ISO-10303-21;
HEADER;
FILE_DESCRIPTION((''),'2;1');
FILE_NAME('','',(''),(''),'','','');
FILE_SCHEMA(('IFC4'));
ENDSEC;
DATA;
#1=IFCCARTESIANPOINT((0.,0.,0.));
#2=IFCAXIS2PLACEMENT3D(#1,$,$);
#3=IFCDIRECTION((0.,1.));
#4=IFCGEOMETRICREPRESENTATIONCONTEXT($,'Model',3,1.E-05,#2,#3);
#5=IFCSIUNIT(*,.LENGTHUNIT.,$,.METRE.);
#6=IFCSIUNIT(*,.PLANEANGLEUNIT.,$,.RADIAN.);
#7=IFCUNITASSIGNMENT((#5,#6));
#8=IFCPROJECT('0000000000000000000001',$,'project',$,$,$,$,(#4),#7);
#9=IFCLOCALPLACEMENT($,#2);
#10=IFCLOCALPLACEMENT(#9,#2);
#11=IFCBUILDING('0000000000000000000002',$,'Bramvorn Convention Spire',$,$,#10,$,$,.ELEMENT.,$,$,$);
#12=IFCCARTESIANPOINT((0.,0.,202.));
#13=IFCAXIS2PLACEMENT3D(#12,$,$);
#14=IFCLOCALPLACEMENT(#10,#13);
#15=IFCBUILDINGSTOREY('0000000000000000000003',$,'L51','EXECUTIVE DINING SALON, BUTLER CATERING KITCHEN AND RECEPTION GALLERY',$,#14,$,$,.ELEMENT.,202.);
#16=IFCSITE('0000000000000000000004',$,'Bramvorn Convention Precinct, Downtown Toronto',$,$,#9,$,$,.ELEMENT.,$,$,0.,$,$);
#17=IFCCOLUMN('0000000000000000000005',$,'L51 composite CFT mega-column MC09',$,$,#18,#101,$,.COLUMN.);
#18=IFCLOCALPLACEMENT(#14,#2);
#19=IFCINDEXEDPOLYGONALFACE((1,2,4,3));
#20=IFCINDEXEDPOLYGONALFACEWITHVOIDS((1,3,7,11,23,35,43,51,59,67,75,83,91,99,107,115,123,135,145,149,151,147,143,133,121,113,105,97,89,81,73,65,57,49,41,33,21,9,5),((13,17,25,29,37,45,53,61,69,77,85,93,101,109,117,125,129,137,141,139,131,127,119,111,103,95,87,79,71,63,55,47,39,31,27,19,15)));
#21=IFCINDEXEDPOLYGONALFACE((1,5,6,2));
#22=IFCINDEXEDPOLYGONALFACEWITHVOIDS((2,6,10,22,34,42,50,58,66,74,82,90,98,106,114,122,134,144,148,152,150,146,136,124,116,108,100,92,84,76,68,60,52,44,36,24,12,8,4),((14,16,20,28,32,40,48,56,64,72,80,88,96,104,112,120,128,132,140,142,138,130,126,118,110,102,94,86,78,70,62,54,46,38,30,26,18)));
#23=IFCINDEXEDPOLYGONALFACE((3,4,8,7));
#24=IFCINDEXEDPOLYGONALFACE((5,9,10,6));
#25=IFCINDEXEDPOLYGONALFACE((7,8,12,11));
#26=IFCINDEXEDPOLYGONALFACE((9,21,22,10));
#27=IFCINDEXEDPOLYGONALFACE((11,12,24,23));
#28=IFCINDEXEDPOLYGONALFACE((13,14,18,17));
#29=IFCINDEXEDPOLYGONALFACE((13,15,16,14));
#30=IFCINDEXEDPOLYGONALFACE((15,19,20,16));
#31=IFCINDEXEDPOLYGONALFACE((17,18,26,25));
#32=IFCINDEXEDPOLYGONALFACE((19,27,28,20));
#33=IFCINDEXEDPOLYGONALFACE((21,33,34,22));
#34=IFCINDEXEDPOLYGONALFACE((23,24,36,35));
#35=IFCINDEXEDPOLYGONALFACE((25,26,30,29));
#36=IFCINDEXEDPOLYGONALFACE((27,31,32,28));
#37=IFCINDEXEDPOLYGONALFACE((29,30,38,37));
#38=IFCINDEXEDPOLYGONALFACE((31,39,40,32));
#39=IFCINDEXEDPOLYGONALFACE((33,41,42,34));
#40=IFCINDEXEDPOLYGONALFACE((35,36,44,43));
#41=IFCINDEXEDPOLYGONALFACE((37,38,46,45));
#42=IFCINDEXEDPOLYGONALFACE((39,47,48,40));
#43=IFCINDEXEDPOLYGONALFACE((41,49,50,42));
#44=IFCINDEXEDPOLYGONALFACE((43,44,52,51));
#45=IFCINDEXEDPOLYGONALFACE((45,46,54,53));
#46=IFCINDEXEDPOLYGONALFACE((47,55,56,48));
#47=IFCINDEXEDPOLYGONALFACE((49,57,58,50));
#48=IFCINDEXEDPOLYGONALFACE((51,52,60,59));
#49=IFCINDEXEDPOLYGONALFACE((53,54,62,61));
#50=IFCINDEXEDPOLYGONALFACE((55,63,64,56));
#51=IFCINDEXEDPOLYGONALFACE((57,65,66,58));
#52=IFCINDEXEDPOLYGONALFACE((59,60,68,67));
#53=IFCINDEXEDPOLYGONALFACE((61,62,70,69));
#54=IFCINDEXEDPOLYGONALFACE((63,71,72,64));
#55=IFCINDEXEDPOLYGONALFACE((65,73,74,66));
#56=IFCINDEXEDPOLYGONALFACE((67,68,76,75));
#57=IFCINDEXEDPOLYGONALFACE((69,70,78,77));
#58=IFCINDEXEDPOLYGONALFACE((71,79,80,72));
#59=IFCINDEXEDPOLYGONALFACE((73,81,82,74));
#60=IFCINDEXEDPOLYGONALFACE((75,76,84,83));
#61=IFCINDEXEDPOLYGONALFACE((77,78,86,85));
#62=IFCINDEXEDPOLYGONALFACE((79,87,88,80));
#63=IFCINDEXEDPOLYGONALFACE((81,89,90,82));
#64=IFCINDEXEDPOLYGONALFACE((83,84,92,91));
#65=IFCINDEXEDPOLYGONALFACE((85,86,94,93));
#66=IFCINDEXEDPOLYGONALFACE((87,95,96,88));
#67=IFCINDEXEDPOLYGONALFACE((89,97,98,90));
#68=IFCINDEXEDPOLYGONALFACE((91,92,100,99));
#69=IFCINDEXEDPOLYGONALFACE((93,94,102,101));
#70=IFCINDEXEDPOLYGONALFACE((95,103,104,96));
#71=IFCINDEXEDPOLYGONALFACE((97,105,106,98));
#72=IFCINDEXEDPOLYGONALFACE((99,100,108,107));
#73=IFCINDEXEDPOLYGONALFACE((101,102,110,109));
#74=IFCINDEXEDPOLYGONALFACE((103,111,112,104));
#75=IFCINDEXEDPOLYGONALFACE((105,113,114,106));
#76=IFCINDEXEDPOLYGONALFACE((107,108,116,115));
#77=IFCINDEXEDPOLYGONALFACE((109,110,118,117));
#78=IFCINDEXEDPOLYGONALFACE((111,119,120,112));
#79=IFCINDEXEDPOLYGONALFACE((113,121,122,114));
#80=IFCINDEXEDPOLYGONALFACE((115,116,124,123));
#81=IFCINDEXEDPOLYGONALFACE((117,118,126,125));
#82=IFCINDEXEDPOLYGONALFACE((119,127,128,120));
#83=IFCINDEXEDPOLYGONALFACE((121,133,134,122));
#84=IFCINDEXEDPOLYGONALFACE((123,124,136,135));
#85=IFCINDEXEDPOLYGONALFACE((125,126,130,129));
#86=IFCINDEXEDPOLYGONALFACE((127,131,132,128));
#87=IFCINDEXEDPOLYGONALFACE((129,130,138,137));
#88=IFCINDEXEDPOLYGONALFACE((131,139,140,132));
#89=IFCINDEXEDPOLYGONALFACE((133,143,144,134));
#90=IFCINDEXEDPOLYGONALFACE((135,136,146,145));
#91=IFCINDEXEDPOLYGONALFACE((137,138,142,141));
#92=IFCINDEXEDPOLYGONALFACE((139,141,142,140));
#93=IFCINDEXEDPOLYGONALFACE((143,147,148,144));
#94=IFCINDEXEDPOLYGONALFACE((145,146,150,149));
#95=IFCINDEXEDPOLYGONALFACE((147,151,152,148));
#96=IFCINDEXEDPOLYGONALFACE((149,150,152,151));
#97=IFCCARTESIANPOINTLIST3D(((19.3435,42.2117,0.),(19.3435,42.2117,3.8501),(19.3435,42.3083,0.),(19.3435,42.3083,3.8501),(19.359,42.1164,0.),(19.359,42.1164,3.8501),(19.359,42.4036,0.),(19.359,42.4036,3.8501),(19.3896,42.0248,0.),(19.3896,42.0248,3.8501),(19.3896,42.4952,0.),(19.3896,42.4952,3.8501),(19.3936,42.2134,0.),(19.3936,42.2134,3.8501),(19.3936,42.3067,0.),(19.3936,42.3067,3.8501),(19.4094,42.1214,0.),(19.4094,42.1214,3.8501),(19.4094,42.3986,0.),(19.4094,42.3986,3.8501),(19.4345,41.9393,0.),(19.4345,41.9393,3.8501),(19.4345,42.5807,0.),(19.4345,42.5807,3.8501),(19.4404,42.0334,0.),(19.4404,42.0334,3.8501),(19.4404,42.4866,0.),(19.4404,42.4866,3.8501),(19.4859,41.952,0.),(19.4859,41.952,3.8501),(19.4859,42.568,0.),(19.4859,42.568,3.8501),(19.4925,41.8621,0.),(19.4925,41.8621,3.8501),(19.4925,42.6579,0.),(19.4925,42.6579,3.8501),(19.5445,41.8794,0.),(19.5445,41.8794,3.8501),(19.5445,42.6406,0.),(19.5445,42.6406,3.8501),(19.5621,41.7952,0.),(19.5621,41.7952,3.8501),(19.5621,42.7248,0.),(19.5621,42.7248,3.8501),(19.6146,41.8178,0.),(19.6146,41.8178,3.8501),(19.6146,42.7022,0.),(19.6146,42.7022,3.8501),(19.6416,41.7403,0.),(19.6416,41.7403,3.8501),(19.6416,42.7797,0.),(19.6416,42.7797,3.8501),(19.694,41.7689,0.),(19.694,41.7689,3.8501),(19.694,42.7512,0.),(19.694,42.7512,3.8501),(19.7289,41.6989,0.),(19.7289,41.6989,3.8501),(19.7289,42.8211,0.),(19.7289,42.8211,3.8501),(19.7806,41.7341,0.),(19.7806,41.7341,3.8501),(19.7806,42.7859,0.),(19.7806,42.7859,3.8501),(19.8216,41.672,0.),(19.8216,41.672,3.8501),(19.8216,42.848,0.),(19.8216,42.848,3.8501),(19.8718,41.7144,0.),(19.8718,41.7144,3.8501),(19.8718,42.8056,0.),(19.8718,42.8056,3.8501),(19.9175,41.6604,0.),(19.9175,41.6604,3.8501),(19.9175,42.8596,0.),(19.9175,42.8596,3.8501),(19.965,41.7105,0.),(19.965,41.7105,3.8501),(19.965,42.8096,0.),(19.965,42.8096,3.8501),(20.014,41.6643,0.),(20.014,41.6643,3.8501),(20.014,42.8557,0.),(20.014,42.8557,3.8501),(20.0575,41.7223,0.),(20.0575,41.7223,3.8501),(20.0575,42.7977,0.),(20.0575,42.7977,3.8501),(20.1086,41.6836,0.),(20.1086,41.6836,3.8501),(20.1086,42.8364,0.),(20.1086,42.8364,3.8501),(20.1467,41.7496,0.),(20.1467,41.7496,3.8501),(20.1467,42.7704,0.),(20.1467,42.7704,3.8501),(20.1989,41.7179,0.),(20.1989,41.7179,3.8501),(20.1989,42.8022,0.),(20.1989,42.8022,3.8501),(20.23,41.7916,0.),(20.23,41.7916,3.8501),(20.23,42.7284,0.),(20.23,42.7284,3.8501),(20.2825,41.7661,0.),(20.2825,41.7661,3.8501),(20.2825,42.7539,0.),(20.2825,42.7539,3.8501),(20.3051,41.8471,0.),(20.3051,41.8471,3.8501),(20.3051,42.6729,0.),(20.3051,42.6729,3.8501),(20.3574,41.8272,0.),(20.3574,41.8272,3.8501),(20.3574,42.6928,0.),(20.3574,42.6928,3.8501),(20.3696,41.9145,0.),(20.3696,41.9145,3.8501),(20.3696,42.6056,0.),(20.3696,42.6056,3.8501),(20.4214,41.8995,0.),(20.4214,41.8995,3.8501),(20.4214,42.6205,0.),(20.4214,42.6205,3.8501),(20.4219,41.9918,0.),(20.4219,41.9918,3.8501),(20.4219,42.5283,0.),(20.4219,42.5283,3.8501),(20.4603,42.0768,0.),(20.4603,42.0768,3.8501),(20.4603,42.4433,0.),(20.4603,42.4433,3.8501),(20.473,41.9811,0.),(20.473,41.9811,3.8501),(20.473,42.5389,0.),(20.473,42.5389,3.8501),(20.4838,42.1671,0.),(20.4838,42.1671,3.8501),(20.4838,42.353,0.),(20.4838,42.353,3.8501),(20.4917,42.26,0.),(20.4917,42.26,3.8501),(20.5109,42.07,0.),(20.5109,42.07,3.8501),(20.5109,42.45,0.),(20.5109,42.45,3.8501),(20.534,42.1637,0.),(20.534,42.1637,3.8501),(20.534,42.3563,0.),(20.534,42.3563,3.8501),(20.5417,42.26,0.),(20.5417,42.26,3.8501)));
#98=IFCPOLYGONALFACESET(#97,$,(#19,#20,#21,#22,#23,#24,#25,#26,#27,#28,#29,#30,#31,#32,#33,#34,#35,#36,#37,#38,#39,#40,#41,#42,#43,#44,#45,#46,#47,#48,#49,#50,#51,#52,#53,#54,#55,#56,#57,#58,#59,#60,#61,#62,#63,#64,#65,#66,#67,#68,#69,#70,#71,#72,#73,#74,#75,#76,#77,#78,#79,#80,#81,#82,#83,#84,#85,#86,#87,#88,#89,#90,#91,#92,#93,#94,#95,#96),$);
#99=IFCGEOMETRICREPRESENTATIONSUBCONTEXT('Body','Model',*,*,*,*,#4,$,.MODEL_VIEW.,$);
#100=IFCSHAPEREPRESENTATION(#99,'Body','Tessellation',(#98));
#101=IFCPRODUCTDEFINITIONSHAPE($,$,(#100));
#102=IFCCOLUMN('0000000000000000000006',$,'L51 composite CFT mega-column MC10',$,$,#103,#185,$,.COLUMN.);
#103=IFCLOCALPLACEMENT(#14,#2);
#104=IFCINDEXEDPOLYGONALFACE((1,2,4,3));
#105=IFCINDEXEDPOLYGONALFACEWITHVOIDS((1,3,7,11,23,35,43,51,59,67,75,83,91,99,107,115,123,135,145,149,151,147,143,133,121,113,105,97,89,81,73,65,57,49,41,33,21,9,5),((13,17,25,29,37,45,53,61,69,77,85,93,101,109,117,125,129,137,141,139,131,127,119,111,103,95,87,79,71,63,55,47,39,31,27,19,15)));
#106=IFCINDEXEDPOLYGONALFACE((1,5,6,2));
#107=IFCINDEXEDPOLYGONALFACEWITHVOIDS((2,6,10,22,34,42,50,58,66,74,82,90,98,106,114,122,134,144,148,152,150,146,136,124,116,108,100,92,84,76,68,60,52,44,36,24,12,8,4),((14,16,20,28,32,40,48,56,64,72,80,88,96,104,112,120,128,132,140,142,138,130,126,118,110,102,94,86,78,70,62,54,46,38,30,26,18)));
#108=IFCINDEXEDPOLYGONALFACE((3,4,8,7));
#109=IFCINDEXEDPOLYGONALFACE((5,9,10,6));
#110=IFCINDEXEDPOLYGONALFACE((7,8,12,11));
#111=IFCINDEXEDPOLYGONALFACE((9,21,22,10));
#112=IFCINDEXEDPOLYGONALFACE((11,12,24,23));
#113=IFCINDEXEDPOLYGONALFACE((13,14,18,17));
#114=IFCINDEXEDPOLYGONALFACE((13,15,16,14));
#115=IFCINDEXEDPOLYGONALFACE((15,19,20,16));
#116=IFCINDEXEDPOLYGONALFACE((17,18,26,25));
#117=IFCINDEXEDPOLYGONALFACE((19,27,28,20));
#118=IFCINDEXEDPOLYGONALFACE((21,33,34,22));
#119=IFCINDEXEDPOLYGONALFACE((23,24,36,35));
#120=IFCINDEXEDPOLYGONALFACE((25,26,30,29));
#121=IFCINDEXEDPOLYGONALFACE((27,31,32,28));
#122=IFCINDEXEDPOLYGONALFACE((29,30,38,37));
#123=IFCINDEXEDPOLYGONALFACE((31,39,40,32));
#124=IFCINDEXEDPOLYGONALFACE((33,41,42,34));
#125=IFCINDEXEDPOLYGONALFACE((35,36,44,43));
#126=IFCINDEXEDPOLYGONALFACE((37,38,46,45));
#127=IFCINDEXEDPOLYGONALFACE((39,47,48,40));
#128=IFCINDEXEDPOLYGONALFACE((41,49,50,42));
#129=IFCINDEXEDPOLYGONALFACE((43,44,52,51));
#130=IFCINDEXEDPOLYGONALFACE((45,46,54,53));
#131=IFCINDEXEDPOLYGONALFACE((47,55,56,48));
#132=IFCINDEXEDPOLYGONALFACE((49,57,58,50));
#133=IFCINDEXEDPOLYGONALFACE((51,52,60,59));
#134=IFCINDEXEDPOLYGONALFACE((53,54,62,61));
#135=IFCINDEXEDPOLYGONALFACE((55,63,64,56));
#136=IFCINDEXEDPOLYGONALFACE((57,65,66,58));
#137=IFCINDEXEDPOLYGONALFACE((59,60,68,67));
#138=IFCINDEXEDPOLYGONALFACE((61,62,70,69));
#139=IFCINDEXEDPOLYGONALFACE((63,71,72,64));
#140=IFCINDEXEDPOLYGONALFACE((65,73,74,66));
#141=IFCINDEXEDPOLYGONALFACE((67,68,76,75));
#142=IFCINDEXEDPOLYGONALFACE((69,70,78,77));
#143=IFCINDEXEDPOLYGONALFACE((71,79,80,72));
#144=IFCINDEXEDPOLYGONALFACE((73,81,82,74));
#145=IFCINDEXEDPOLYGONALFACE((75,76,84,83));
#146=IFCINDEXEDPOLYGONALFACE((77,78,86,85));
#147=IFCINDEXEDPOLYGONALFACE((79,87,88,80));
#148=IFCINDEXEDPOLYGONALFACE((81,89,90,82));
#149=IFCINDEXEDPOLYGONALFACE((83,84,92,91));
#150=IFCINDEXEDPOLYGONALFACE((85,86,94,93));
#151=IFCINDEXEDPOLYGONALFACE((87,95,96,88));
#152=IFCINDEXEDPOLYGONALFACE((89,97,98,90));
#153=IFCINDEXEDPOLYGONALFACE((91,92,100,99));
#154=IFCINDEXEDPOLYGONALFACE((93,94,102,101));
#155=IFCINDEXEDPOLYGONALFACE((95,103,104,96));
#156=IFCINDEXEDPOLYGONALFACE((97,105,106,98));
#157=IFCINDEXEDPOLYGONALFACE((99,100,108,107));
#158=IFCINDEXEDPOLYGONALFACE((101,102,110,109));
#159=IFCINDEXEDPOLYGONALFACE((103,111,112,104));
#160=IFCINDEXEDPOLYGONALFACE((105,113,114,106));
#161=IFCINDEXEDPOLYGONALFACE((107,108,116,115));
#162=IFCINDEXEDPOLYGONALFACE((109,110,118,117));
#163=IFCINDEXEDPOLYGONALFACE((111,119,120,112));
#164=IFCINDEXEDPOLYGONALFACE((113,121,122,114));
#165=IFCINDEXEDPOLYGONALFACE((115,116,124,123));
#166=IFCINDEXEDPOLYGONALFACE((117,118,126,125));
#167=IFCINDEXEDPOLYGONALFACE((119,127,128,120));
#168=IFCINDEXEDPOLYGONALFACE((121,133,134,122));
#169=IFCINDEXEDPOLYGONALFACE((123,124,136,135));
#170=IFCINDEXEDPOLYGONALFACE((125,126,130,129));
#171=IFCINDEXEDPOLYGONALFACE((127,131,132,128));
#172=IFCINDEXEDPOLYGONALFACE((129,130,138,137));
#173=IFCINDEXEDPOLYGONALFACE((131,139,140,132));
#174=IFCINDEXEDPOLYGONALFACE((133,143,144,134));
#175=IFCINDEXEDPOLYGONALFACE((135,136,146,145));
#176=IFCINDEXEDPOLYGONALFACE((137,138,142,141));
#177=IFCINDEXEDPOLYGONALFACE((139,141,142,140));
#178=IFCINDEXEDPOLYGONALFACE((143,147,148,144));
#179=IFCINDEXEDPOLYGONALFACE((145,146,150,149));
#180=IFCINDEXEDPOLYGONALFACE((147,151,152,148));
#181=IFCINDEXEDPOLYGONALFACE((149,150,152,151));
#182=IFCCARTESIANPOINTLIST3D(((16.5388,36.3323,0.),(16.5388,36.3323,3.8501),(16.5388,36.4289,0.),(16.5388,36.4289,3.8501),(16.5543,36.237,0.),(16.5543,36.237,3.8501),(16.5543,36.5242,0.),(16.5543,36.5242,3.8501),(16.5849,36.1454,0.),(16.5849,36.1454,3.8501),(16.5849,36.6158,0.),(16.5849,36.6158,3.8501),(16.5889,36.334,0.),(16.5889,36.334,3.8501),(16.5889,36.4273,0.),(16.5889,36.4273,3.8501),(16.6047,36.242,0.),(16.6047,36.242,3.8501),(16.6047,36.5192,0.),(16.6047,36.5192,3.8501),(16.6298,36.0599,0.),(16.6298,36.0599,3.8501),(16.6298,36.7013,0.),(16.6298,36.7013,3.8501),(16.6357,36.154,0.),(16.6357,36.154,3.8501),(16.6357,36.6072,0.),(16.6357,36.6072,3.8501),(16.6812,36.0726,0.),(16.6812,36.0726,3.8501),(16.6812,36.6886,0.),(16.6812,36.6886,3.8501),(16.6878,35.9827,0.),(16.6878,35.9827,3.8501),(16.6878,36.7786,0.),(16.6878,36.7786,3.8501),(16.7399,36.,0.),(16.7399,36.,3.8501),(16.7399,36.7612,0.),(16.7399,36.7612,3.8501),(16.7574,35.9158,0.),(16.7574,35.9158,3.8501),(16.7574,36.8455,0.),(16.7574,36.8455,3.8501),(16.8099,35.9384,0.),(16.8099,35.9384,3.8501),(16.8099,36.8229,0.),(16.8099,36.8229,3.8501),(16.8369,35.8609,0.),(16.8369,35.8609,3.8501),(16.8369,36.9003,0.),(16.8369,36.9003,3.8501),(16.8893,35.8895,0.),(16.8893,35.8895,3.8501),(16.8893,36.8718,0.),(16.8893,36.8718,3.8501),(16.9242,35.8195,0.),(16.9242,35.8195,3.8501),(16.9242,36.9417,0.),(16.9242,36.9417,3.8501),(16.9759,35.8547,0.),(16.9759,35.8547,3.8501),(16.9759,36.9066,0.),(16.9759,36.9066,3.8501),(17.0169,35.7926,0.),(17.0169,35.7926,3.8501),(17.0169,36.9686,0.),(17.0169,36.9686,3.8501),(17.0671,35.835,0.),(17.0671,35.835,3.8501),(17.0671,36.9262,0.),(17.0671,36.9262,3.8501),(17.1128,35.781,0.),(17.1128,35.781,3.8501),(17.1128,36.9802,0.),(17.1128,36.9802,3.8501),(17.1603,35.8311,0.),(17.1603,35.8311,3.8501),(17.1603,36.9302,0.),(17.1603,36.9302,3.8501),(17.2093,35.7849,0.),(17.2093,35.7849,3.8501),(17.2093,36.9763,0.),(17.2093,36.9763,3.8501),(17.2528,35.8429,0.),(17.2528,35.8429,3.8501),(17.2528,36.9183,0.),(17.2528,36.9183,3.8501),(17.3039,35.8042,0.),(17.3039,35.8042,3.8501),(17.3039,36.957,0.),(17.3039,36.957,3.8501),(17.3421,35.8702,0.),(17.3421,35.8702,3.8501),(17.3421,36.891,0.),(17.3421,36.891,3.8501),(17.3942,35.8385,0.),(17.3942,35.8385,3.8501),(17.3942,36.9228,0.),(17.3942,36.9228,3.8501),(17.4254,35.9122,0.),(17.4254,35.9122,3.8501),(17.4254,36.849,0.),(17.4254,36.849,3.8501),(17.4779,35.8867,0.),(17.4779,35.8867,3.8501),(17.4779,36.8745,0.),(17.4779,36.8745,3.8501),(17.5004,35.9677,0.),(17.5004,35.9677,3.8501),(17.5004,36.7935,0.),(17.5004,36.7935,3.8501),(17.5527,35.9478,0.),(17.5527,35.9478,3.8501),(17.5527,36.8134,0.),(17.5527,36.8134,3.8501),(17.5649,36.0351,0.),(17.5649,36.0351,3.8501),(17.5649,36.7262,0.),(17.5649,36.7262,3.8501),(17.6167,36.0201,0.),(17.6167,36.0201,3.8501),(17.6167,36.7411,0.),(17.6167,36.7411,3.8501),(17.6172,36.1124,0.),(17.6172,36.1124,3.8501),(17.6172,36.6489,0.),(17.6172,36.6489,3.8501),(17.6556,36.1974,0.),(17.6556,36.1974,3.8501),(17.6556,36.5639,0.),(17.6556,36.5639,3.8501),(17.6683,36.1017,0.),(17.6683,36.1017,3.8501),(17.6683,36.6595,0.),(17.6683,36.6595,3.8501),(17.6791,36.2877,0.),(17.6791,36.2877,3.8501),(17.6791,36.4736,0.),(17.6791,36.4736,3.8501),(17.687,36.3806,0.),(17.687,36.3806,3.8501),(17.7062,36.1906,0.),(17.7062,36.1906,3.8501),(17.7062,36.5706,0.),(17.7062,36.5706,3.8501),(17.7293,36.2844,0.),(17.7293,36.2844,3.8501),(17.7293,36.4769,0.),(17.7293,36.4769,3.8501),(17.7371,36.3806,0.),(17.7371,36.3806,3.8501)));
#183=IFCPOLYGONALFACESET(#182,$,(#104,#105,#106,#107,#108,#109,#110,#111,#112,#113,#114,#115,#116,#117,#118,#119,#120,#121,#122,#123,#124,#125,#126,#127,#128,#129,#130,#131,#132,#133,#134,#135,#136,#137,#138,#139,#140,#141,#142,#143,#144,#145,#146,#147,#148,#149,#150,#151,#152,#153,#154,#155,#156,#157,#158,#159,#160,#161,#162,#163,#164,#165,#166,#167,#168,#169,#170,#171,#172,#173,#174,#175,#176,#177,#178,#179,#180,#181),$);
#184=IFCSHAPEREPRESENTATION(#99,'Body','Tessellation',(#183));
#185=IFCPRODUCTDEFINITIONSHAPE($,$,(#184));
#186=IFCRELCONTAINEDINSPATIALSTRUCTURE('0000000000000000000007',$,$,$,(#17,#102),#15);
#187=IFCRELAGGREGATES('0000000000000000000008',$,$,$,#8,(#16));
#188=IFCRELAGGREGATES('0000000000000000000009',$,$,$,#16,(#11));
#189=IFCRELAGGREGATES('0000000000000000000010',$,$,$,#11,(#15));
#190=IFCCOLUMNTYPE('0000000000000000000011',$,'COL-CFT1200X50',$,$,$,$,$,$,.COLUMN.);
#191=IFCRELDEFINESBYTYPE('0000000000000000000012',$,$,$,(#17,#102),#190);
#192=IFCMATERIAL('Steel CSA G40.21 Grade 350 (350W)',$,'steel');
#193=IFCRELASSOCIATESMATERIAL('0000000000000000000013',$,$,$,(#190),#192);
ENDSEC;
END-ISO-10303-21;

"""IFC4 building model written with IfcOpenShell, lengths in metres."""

from ifc_helpers import new_model, si_unit, direction, frame, origin, origin_2d, place, context, subcontext, project, spatial, hollow_circle, extrude, material, material_profile, profile_set, type_object, element, save


model = new_model("IFC4")

# Units and contexts
model_context = context("Model", 3, precision=1e-05, world=origin(), true_north=direction((0.0, 1.0)))
body_context = subcontext(model_context, "Body", "Model", "MODEL_VIEW")
ifc_project = project(units=[si_unit("LENGTHUNIT", "METRE"), si_unit("PLANEANGLEUNIT", "RADIAN")], contexts=[model_context])

# Site, building, storey
site_placement = place(None, origin())
site = spatial("IfcSite", under=ifc_project, at=site_placement, Name="Bramvorn Convention Precinct, Downtown Toronto", CompositionType="ELEMENT", RefElevation=0.0)
building_placement = place(site_placement, origin())
building = spatial("IfcBuilding", under=site, at=building_placement, Name="Bramvorn Convention Spire", CompositionType="ELEMENT")
storey_placement = place(building_placement, frame((0.0, 0.0, 202.0)))
storey = spatial("IfcBuildingStorey", under=building, at=storey_placement, Name="L51", Description="EXECUTIVE DINING SALON, BUTLER CATERING KITCHEN AND RECEPTION GALLERY", CompositionType="ELEMENT", Elevation=202.0)

# Columns
ifc_material_1 = material(Name="Steel CSA G40.21 Grade 350 (350W)", Category="steel")
ifc_material_profile_1 = material_profile(ifc_material_1, hollow_circle(Radius=0.6001, WallThickness=0.05, at=origin_2d()))
ifc_profile_set_1 = profile_set([ifc_material_profile_1], Name="Steel CSA G40.21 Grade 350 (350W) - CFT1200X50")
column_type = type_object("IfcColumnType", Name="COL-CFT1200X50", PredefinedType="COLUMN", material=ifc_profile_set_1)
for number, where, z_axis, x_axis, name in (
    (1, (19.9417, 42.26, 0.0), (0.0, 0.0, 1.0), (1.0, 0.0, 0.0), "L51 composite CFT mega-column MC09"),
    (2, (17.137, 36.3806, 0.0), (0.0, 0.0, 1.0), (1.0, 0.0, 0.0), "L51 composite CFT mega-column MC10"),
):
    element("IfcColumn", number, at=place(storey_placement, frame(where, z_axis=z_axis, x_axis=x_axis)), inside=storey, type_object=column_type, Name=name, PredefinedType="COLUMN", context=body_context, shape_type="SweptSolid", body=[
        extrude(hollow_circle(Radius=0.6001, WallThickness=0.05, at=origin_2d()), origin(), (0.0, 0.0, 1.0), 3.8501),
    ])

save(model, "model.ifc")
